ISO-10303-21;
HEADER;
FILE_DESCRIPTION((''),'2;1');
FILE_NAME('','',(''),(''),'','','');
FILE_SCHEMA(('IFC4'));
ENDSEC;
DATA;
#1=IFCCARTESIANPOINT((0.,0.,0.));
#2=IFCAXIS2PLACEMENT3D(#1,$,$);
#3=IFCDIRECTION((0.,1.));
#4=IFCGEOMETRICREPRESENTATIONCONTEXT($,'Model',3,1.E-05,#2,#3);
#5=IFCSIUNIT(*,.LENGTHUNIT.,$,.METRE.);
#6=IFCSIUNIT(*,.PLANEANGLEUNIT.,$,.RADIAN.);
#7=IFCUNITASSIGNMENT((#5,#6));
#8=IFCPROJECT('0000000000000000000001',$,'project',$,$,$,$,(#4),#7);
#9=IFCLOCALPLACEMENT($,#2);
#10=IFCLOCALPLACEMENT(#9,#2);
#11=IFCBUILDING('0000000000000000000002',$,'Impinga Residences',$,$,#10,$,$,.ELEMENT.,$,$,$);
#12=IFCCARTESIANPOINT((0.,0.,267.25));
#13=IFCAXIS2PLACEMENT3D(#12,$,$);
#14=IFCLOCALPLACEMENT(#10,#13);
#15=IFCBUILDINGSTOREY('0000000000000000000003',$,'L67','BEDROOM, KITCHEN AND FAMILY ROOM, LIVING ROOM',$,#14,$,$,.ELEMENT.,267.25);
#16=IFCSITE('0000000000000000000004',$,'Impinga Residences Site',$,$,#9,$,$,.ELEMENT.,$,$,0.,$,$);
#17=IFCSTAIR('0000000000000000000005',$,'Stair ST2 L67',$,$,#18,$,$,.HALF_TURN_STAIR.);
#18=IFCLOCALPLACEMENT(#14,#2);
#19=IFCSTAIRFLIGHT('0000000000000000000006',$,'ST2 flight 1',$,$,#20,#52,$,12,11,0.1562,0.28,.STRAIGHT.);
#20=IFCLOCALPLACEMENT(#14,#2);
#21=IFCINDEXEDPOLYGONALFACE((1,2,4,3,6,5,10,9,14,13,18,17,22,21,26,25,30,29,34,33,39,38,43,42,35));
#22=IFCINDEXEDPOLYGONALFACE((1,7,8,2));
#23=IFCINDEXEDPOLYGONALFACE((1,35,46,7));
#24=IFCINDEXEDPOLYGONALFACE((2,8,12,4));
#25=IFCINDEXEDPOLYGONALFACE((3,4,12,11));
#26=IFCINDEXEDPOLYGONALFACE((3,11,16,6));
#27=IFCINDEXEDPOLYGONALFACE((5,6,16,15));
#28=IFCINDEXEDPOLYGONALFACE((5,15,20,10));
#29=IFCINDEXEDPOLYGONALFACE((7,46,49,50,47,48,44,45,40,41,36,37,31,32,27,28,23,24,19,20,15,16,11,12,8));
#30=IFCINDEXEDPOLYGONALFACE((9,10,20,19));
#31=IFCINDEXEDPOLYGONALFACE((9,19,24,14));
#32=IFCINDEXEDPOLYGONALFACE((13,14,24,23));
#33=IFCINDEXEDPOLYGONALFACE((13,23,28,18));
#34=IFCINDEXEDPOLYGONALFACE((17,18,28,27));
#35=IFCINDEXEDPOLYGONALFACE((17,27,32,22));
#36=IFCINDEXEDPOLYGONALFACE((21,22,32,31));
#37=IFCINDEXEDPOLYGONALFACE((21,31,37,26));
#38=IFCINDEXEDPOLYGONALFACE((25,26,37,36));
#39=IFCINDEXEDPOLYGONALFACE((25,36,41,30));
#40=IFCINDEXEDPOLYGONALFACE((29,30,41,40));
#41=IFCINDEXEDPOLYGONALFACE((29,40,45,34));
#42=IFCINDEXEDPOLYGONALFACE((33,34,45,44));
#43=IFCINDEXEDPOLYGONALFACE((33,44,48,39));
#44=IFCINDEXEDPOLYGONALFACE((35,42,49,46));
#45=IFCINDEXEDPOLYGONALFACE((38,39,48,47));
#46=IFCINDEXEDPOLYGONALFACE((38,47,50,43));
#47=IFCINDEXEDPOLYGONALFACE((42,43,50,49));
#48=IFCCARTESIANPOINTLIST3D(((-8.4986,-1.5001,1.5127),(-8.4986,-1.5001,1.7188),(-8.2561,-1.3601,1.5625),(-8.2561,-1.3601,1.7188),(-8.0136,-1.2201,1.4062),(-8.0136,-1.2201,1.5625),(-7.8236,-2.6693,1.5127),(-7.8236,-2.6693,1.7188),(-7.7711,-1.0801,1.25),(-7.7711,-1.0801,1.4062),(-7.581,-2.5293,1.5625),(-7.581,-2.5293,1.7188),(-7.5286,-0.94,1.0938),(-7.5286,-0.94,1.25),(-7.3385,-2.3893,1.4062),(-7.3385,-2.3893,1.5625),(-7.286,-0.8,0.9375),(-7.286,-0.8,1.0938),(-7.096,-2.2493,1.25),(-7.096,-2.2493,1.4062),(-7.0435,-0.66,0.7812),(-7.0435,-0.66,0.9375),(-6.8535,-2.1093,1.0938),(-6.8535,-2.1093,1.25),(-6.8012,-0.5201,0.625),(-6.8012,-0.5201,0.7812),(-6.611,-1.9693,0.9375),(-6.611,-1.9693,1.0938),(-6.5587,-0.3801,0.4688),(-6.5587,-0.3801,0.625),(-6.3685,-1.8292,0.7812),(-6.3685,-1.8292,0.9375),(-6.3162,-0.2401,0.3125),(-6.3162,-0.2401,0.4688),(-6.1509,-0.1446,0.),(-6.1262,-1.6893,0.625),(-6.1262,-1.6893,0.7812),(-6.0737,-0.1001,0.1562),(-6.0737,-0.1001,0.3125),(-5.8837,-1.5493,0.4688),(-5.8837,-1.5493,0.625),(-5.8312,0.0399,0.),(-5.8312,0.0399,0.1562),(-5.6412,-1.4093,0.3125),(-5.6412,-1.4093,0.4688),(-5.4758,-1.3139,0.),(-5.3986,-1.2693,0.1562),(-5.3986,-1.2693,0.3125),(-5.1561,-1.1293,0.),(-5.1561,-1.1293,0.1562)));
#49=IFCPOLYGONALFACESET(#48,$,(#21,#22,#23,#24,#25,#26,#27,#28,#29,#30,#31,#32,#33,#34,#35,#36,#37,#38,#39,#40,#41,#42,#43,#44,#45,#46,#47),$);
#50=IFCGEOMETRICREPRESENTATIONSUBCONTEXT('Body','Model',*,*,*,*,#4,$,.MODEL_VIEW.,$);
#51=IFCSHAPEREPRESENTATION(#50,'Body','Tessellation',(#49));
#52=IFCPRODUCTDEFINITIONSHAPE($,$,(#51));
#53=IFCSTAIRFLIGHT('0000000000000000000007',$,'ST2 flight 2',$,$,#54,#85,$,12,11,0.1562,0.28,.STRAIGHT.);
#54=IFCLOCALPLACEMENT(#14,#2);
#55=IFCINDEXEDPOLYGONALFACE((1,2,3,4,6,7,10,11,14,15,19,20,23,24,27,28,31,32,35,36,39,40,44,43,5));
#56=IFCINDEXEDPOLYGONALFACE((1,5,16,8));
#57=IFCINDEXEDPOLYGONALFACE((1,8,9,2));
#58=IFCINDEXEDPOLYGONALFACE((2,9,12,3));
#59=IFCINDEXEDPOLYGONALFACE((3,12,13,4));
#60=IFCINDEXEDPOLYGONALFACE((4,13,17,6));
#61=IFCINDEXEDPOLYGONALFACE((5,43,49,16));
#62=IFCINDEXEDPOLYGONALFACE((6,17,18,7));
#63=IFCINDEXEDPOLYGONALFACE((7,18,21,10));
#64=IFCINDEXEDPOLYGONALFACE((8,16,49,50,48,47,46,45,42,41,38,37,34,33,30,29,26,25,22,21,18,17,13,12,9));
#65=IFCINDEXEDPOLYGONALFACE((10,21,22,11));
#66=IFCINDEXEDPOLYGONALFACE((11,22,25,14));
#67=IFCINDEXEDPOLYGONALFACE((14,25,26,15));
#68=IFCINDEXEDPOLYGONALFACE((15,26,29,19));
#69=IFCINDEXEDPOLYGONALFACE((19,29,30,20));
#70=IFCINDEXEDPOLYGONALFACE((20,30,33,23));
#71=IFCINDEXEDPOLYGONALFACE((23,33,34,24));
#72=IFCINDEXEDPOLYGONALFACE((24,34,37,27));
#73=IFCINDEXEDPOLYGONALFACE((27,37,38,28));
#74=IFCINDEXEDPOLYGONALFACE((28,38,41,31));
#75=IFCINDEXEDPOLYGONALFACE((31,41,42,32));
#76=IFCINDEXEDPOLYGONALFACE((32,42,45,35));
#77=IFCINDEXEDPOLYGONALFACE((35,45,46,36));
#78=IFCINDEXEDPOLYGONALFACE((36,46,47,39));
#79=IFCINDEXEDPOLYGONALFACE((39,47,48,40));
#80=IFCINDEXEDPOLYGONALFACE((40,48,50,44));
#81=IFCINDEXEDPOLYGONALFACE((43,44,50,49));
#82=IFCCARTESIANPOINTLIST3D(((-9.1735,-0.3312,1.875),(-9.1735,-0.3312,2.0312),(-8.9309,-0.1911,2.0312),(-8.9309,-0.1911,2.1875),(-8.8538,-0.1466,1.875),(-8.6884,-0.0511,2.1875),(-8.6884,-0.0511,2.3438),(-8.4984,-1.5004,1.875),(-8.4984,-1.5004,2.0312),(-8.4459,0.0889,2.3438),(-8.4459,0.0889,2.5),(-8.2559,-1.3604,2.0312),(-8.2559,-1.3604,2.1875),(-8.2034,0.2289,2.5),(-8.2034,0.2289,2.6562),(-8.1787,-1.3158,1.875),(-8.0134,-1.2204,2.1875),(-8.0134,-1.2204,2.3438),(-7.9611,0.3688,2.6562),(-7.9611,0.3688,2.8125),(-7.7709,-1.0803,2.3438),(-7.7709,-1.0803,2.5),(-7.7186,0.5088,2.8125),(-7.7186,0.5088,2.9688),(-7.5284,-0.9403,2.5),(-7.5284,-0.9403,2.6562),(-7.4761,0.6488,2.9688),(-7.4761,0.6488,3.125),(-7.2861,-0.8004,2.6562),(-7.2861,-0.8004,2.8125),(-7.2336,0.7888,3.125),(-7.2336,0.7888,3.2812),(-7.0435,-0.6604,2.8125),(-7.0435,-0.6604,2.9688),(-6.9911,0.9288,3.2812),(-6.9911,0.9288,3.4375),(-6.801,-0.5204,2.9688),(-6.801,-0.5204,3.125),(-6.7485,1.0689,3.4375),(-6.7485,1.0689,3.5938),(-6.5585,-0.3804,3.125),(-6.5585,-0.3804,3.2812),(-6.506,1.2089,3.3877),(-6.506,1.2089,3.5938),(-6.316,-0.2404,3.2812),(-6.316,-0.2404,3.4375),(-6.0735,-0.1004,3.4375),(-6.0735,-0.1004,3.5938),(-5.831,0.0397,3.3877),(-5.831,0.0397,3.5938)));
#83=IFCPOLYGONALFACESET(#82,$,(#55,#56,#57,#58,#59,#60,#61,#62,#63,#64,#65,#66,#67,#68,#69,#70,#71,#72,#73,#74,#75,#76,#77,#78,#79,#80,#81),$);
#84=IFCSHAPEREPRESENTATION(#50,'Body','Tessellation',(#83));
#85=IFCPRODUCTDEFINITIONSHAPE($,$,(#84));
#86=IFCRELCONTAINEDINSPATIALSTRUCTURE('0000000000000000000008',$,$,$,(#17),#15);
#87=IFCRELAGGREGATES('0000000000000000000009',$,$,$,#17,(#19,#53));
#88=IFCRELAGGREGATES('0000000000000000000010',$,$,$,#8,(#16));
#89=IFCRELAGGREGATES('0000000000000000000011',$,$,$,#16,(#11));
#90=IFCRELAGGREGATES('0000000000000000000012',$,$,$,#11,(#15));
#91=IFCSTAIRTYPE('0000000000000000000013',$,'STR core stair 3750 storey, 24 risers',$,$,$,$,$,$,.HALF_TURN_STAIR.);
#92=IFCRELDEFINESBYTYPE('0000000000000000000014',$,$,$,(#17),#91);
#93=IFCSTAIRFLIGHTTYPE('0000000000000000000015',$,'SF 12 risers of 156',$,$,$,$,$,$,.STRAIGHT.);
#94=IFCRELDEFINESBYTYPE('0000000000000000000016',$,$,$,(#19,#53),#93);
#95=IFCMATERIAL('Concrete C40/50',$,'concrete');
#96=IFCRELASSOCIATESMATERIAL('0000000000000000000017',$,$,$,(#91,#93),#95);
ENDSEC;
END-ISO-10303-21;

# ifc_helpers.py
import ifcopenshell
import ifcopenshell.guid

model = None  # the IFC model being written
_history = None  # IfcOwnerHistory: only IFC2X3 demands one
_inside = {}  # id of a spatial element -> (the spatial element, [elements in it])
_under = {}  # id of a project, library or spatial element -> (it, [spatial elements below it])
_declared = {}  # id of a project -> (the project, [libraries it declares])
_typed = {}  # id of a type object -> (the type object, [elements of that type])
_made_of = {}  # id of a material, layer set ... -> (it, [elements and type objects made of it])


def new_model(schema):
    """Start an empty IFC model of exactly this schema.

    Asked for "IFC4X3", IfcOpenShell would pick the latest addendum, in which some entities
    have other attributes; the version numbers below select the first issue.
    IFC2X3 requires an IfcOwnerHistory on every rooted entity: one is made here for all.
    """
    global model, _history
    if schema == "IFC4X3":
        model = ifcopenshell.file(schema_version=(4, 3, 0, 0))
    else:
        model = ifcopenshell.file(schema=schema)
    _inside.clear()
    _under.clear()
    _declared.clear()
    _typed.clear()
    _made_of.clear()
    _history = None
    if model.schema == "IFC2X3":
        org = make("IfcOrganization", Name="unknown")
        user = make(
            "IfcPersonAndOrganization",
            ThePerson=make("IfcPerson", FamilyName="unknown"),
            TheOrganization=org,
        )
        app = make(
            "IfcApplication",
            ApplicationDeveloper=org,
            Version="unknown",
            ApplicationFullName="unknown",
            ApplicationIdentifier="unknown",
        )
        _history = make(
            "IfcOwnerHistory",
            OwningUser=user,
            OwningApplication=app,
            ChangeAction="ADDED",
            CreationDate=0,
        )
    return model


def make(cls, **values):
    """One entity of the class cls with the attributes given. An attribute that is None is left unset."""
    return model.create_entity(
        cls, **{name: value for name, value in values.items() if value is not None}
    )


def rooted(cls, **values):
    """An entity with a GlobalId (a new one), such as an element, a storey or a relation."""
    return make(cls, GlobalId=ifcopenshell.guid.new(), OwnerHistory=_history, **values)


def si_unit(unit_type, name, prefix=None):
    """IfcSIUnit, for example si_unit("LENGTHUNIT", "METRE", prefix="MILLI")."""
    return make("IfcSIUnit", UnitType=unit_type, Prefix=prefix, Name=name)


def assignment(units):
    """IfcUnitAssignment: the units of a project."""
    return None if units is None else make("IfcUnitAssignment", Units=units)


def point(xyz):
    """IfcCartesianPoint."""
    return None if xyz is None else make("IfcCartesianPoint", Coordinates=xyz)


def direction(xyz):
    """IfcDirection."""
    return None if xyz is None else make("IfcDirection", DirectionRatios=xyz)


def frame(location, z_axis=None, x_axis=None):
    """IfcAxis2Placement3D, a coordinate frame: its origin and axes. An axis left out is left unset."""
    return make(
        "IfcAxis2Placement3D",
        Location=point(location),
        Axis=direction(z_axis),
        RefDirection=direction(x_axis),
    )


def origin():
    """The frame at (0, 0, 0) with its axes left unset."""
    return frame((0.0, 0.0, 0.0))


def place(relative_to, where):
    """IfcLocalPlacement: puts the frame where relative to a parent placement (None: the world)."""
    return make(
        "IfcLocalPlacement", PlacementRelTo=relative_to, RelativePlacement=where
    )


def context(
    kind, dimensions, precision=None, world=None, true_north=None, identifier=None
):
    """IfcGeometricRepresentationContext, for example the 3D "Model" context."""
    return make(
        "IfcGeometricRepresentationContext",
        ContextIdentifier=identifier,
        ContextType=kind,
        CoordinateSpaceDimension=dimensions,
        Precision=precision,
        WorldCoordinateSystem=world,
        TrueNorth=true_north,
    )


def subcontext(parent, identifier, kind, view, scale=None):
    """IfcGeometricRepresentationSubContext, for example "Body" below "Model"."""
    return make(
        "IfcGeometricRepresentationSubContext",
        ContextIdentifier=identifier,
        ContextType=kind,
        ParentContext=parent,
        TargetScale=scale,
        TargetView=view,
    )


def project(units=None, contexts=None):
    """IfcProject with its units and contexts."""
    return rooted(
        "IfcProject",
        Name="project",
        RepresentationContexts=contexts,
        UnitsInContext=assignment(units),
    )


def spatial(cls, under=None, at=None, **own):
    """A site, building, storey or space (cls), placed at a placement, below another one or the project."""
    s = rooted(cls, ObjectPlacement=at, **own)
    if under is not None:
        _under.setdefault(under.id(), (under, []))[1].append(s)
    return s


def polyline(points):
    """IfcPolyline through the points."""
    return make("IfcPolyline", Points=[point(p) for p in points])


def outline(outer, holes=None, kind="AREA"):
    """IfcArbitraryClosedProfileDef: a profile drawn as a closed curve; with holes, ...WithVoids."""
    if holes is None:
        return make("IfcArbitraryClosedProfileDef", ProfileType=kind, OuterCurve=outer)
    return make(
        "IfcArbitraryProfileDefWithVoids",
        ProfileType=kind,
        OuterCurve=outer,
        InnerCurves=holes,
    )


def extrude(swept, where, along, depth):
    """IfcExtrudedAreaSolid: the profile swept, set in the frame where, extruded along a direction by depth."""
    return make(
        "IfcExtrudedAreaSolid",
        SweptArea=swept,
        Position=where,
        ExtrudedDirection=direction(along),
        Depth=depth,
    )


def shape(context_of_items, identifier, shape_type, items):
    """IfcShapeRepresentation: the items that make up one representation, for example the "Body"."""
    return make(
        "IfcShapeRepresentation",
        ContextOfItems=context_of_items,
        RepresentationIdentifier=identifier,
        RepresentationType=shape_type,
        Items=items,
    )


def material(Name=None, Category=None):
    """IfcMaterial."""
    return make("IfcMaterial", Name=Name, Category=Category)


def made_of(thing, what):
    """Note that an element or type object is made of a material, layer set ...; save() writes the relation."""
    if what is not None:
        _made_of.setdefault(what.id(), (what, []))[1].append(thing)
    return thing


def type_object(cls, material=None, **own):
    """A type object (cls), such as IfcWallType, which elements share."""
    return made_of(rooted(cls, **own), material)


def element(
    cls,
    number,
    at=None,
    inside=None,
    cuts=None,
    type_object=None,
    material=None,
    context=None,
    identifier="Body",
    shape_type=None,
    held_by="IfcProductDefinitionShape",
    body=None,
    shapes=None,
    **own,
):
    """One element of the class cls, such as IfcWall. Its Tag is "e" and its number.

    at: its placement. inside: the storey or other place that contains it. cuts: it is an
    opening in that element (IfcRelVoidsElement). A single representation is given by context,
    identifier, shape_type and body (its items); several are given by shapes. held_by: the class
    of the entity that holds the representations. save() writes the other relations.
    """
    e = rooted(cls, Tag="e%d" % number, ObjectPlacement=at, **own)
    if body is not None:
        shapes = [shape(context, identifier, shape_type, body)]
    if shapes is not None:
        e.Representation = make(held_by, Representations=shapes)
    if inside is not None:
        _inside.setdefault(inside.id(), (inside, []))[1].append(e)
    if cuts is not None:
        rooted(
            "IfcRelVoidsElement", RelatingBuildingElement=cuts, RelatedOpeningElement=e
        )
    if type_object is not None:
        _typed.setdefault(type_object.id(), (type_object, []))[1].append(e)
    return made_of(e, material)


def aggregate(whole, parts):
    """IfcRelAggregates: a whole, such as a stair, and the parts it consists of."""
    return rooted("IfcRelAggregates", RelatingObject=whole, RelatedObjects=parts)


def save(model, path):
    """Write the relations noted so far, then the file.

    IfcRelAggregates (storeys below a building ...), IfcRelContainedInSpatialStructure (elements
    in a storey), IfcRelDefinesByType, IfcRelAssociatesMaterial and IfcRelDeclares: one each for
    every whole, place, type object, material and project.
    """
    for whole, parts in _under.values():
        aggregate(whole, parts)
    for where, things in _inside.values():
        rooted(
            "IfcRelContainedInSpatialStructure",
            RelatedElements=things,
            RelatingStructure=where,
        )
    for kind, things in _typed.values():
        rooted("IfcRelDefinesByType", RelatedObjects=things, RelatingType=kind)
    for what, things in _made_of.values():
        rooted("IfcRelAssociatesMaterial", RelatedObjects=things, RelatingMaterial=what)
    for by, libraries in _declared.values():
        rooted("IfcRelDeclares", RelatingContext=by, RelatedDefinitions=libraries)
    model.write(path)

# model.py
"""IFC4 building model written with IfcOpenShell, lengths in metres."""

from ifc_helpers import new_model, si_unit, direction, frame, origin, place, context, subcontext, project, spatial, polyline, outline, extrude, material, type_object, element, aggregate, save


model = new_model("IFC4")

# Units and contexts
model_context = context("Model", 3, precision=1e-05, world=origin(), true_north=direction((0.0, 1.0)))
body_context = subcontext(model_context, "Body", "Model", "MODEL_VIEW")
ifc_project = project(units=[si_unit("LENGTHUNIT", "METRE"), si_unit("PLANEANGLEUNIT", "RADIAN")], contexts=[model_context])

# Site, building, storey
site_placement = place(None, origin())
site = spatial("IfcSite", under=ifc_project, at=site_placement, Name="Impinga Residences Site", CompositionType="ELEMENT", RefElevation=0.0)
building_placement = place(site_placement, origin())
building = spatial("IfcBuilding", under=site, at=building_placement, Name="Impinga Residences", CompositionType="ELEMENT")
storey_placement = place(building_placement, frame((0.0, 0.0, 267.25)))
storey = spatial("IfcBuildingStorey", under=building, at=storey_placement, Name="L67", Description="BEDROOM, KITCHEN AND FAMILY ROOM, LIVING ROOM", CompositionType="ELEMENT", Elevation=267.25)

# Stair, stair flights
ifc_material_1 = material(Name="Concrete C40/50", Category="concrete")
stair_type = type_object("IfcStairType", Name="STR core stair 3750 storey, 24 risers", PredefinedType="HALF_TURN_STAIR", material=ifc_material_1)
stair_placement = place(storey_placement, origin())
stair = element("IfcStair", 1, at=stair_placement, inside=storey, type_object=stair_type, Name="Stair ST2 L67", PredefinedType="HALF_TURN_STAIR")
stair_flight_type = type_object("IfcStairFlightType", Name="SF 12 risers of 156", PredefinedType="STRAIGHT", material=ifc_material_1)
stair_flight_1_placement = place(storey_placement, frame((-5.4937, -0.5447, 0.0), z_axis=(0.0, 0.0, 1.0), x_axis=(-0.866025, -0.5, 0.0)))
stair_flight_1 = element("IfcStairFlight", 2, at=stair_flight_1_placement, type_object=stair_flight_type, Name="ST2 flight 1", NumberOfRisers=12, NumberOfTreads=11, PredefinedType="STRAIGHT", RiserHeight=0.1562, TreadLength=0.28, context=body_context, shape_type="SweptSolid", body=[
    extrude(outline(polyline([(0.0, 0.0), (0.0, 0.1562), (0.28, 0.1562), (0.28, 0.3125), (0.5601, 0.3125), (0.5601, 0.4688), (0.8401, 0.4688), (0.8401, 0.625), (1.1201, 0.625), (1.1201, 0.7812), (1.3999, 0.7812), (1.3999, 0.9375), (1.6799, 0.9375), (1.6799, 1.0938), (1.96, 1.0938), (1.96, 1.25), (2.24, 1.25), (2.24, 1.4062), (2.52, 1.4062), (2.52, 1.5625), (2.8, 1.5625), (2.8, 1.7188), (3.0801, 1.7188), (3.0801, 1.875), (3.0801, 1.5127), (0.3691, 0.0), (0.0, 0.0)])), frame((0.0, 0.675, 0.0), z_axis=(0.0, -1.0, 0.0), x_axis=(1.0, 0.0, 0.0)), (0.0, 0.0, 1.0), 1.3501),
])
stair_flight_2_placement = place(storey_placement, frame((-8.8359, -0.9158, 1.875), z_axis=(0.0, 0.0, 1.0), x_axis=(0.866025, 0.5, 0.0)))
stair_flight_2 = element("IfcStairFlight", 3, at=stair_flight_2_placement, type_object=stair_flight_type, Name="ST2 flight 2", NumberOfRisers=12, NumberOfTreads=11, PredefinedType="STRAIGHT", RiserHeight=0.1562, TreadLength=0.28, context=body_context, shape_type="SweptSolid", body=[
    extrude(outline(polyline([(0.0, 0.0), (0.0, 0.1562), (0.28, 0.1562), (0.28, 0.3125), (0.5601, 0.3125), (0.5601, 0.4688), (0.8401, 0.4688), (0.8401, 0.625), (1.1201, 0.625), (1.1201, 0.7812), (1.3999, 0.7812), (1.3999, 0.9375), (1.6799, 0.9375), (1.6799, 1.0938), (1.96, 1.0938), (1.96, 1.25), (2.24, 1.25), (2.24, 1.4062), (2.52, 1.4062), (2.52, 1.5625), (2.8, 1.5625), (2.8, 1.7188), (3.0801, 1.7188), (3.0801, 1.875), (3.0801, 1.5127), (0.3691, 0.0), (0.0, 0.0)])), frame((0.0, 0.675, 0.0), z_axis=(0.0, -1.0, 0.0), x_axis=(1.0, 0.0, 0.0)), (0.0, 0.0, 1.0), 1.3501),
])
aggregate(stair, [stair_flight_1, stair_flight_2])

save(model, "model.ifc")
